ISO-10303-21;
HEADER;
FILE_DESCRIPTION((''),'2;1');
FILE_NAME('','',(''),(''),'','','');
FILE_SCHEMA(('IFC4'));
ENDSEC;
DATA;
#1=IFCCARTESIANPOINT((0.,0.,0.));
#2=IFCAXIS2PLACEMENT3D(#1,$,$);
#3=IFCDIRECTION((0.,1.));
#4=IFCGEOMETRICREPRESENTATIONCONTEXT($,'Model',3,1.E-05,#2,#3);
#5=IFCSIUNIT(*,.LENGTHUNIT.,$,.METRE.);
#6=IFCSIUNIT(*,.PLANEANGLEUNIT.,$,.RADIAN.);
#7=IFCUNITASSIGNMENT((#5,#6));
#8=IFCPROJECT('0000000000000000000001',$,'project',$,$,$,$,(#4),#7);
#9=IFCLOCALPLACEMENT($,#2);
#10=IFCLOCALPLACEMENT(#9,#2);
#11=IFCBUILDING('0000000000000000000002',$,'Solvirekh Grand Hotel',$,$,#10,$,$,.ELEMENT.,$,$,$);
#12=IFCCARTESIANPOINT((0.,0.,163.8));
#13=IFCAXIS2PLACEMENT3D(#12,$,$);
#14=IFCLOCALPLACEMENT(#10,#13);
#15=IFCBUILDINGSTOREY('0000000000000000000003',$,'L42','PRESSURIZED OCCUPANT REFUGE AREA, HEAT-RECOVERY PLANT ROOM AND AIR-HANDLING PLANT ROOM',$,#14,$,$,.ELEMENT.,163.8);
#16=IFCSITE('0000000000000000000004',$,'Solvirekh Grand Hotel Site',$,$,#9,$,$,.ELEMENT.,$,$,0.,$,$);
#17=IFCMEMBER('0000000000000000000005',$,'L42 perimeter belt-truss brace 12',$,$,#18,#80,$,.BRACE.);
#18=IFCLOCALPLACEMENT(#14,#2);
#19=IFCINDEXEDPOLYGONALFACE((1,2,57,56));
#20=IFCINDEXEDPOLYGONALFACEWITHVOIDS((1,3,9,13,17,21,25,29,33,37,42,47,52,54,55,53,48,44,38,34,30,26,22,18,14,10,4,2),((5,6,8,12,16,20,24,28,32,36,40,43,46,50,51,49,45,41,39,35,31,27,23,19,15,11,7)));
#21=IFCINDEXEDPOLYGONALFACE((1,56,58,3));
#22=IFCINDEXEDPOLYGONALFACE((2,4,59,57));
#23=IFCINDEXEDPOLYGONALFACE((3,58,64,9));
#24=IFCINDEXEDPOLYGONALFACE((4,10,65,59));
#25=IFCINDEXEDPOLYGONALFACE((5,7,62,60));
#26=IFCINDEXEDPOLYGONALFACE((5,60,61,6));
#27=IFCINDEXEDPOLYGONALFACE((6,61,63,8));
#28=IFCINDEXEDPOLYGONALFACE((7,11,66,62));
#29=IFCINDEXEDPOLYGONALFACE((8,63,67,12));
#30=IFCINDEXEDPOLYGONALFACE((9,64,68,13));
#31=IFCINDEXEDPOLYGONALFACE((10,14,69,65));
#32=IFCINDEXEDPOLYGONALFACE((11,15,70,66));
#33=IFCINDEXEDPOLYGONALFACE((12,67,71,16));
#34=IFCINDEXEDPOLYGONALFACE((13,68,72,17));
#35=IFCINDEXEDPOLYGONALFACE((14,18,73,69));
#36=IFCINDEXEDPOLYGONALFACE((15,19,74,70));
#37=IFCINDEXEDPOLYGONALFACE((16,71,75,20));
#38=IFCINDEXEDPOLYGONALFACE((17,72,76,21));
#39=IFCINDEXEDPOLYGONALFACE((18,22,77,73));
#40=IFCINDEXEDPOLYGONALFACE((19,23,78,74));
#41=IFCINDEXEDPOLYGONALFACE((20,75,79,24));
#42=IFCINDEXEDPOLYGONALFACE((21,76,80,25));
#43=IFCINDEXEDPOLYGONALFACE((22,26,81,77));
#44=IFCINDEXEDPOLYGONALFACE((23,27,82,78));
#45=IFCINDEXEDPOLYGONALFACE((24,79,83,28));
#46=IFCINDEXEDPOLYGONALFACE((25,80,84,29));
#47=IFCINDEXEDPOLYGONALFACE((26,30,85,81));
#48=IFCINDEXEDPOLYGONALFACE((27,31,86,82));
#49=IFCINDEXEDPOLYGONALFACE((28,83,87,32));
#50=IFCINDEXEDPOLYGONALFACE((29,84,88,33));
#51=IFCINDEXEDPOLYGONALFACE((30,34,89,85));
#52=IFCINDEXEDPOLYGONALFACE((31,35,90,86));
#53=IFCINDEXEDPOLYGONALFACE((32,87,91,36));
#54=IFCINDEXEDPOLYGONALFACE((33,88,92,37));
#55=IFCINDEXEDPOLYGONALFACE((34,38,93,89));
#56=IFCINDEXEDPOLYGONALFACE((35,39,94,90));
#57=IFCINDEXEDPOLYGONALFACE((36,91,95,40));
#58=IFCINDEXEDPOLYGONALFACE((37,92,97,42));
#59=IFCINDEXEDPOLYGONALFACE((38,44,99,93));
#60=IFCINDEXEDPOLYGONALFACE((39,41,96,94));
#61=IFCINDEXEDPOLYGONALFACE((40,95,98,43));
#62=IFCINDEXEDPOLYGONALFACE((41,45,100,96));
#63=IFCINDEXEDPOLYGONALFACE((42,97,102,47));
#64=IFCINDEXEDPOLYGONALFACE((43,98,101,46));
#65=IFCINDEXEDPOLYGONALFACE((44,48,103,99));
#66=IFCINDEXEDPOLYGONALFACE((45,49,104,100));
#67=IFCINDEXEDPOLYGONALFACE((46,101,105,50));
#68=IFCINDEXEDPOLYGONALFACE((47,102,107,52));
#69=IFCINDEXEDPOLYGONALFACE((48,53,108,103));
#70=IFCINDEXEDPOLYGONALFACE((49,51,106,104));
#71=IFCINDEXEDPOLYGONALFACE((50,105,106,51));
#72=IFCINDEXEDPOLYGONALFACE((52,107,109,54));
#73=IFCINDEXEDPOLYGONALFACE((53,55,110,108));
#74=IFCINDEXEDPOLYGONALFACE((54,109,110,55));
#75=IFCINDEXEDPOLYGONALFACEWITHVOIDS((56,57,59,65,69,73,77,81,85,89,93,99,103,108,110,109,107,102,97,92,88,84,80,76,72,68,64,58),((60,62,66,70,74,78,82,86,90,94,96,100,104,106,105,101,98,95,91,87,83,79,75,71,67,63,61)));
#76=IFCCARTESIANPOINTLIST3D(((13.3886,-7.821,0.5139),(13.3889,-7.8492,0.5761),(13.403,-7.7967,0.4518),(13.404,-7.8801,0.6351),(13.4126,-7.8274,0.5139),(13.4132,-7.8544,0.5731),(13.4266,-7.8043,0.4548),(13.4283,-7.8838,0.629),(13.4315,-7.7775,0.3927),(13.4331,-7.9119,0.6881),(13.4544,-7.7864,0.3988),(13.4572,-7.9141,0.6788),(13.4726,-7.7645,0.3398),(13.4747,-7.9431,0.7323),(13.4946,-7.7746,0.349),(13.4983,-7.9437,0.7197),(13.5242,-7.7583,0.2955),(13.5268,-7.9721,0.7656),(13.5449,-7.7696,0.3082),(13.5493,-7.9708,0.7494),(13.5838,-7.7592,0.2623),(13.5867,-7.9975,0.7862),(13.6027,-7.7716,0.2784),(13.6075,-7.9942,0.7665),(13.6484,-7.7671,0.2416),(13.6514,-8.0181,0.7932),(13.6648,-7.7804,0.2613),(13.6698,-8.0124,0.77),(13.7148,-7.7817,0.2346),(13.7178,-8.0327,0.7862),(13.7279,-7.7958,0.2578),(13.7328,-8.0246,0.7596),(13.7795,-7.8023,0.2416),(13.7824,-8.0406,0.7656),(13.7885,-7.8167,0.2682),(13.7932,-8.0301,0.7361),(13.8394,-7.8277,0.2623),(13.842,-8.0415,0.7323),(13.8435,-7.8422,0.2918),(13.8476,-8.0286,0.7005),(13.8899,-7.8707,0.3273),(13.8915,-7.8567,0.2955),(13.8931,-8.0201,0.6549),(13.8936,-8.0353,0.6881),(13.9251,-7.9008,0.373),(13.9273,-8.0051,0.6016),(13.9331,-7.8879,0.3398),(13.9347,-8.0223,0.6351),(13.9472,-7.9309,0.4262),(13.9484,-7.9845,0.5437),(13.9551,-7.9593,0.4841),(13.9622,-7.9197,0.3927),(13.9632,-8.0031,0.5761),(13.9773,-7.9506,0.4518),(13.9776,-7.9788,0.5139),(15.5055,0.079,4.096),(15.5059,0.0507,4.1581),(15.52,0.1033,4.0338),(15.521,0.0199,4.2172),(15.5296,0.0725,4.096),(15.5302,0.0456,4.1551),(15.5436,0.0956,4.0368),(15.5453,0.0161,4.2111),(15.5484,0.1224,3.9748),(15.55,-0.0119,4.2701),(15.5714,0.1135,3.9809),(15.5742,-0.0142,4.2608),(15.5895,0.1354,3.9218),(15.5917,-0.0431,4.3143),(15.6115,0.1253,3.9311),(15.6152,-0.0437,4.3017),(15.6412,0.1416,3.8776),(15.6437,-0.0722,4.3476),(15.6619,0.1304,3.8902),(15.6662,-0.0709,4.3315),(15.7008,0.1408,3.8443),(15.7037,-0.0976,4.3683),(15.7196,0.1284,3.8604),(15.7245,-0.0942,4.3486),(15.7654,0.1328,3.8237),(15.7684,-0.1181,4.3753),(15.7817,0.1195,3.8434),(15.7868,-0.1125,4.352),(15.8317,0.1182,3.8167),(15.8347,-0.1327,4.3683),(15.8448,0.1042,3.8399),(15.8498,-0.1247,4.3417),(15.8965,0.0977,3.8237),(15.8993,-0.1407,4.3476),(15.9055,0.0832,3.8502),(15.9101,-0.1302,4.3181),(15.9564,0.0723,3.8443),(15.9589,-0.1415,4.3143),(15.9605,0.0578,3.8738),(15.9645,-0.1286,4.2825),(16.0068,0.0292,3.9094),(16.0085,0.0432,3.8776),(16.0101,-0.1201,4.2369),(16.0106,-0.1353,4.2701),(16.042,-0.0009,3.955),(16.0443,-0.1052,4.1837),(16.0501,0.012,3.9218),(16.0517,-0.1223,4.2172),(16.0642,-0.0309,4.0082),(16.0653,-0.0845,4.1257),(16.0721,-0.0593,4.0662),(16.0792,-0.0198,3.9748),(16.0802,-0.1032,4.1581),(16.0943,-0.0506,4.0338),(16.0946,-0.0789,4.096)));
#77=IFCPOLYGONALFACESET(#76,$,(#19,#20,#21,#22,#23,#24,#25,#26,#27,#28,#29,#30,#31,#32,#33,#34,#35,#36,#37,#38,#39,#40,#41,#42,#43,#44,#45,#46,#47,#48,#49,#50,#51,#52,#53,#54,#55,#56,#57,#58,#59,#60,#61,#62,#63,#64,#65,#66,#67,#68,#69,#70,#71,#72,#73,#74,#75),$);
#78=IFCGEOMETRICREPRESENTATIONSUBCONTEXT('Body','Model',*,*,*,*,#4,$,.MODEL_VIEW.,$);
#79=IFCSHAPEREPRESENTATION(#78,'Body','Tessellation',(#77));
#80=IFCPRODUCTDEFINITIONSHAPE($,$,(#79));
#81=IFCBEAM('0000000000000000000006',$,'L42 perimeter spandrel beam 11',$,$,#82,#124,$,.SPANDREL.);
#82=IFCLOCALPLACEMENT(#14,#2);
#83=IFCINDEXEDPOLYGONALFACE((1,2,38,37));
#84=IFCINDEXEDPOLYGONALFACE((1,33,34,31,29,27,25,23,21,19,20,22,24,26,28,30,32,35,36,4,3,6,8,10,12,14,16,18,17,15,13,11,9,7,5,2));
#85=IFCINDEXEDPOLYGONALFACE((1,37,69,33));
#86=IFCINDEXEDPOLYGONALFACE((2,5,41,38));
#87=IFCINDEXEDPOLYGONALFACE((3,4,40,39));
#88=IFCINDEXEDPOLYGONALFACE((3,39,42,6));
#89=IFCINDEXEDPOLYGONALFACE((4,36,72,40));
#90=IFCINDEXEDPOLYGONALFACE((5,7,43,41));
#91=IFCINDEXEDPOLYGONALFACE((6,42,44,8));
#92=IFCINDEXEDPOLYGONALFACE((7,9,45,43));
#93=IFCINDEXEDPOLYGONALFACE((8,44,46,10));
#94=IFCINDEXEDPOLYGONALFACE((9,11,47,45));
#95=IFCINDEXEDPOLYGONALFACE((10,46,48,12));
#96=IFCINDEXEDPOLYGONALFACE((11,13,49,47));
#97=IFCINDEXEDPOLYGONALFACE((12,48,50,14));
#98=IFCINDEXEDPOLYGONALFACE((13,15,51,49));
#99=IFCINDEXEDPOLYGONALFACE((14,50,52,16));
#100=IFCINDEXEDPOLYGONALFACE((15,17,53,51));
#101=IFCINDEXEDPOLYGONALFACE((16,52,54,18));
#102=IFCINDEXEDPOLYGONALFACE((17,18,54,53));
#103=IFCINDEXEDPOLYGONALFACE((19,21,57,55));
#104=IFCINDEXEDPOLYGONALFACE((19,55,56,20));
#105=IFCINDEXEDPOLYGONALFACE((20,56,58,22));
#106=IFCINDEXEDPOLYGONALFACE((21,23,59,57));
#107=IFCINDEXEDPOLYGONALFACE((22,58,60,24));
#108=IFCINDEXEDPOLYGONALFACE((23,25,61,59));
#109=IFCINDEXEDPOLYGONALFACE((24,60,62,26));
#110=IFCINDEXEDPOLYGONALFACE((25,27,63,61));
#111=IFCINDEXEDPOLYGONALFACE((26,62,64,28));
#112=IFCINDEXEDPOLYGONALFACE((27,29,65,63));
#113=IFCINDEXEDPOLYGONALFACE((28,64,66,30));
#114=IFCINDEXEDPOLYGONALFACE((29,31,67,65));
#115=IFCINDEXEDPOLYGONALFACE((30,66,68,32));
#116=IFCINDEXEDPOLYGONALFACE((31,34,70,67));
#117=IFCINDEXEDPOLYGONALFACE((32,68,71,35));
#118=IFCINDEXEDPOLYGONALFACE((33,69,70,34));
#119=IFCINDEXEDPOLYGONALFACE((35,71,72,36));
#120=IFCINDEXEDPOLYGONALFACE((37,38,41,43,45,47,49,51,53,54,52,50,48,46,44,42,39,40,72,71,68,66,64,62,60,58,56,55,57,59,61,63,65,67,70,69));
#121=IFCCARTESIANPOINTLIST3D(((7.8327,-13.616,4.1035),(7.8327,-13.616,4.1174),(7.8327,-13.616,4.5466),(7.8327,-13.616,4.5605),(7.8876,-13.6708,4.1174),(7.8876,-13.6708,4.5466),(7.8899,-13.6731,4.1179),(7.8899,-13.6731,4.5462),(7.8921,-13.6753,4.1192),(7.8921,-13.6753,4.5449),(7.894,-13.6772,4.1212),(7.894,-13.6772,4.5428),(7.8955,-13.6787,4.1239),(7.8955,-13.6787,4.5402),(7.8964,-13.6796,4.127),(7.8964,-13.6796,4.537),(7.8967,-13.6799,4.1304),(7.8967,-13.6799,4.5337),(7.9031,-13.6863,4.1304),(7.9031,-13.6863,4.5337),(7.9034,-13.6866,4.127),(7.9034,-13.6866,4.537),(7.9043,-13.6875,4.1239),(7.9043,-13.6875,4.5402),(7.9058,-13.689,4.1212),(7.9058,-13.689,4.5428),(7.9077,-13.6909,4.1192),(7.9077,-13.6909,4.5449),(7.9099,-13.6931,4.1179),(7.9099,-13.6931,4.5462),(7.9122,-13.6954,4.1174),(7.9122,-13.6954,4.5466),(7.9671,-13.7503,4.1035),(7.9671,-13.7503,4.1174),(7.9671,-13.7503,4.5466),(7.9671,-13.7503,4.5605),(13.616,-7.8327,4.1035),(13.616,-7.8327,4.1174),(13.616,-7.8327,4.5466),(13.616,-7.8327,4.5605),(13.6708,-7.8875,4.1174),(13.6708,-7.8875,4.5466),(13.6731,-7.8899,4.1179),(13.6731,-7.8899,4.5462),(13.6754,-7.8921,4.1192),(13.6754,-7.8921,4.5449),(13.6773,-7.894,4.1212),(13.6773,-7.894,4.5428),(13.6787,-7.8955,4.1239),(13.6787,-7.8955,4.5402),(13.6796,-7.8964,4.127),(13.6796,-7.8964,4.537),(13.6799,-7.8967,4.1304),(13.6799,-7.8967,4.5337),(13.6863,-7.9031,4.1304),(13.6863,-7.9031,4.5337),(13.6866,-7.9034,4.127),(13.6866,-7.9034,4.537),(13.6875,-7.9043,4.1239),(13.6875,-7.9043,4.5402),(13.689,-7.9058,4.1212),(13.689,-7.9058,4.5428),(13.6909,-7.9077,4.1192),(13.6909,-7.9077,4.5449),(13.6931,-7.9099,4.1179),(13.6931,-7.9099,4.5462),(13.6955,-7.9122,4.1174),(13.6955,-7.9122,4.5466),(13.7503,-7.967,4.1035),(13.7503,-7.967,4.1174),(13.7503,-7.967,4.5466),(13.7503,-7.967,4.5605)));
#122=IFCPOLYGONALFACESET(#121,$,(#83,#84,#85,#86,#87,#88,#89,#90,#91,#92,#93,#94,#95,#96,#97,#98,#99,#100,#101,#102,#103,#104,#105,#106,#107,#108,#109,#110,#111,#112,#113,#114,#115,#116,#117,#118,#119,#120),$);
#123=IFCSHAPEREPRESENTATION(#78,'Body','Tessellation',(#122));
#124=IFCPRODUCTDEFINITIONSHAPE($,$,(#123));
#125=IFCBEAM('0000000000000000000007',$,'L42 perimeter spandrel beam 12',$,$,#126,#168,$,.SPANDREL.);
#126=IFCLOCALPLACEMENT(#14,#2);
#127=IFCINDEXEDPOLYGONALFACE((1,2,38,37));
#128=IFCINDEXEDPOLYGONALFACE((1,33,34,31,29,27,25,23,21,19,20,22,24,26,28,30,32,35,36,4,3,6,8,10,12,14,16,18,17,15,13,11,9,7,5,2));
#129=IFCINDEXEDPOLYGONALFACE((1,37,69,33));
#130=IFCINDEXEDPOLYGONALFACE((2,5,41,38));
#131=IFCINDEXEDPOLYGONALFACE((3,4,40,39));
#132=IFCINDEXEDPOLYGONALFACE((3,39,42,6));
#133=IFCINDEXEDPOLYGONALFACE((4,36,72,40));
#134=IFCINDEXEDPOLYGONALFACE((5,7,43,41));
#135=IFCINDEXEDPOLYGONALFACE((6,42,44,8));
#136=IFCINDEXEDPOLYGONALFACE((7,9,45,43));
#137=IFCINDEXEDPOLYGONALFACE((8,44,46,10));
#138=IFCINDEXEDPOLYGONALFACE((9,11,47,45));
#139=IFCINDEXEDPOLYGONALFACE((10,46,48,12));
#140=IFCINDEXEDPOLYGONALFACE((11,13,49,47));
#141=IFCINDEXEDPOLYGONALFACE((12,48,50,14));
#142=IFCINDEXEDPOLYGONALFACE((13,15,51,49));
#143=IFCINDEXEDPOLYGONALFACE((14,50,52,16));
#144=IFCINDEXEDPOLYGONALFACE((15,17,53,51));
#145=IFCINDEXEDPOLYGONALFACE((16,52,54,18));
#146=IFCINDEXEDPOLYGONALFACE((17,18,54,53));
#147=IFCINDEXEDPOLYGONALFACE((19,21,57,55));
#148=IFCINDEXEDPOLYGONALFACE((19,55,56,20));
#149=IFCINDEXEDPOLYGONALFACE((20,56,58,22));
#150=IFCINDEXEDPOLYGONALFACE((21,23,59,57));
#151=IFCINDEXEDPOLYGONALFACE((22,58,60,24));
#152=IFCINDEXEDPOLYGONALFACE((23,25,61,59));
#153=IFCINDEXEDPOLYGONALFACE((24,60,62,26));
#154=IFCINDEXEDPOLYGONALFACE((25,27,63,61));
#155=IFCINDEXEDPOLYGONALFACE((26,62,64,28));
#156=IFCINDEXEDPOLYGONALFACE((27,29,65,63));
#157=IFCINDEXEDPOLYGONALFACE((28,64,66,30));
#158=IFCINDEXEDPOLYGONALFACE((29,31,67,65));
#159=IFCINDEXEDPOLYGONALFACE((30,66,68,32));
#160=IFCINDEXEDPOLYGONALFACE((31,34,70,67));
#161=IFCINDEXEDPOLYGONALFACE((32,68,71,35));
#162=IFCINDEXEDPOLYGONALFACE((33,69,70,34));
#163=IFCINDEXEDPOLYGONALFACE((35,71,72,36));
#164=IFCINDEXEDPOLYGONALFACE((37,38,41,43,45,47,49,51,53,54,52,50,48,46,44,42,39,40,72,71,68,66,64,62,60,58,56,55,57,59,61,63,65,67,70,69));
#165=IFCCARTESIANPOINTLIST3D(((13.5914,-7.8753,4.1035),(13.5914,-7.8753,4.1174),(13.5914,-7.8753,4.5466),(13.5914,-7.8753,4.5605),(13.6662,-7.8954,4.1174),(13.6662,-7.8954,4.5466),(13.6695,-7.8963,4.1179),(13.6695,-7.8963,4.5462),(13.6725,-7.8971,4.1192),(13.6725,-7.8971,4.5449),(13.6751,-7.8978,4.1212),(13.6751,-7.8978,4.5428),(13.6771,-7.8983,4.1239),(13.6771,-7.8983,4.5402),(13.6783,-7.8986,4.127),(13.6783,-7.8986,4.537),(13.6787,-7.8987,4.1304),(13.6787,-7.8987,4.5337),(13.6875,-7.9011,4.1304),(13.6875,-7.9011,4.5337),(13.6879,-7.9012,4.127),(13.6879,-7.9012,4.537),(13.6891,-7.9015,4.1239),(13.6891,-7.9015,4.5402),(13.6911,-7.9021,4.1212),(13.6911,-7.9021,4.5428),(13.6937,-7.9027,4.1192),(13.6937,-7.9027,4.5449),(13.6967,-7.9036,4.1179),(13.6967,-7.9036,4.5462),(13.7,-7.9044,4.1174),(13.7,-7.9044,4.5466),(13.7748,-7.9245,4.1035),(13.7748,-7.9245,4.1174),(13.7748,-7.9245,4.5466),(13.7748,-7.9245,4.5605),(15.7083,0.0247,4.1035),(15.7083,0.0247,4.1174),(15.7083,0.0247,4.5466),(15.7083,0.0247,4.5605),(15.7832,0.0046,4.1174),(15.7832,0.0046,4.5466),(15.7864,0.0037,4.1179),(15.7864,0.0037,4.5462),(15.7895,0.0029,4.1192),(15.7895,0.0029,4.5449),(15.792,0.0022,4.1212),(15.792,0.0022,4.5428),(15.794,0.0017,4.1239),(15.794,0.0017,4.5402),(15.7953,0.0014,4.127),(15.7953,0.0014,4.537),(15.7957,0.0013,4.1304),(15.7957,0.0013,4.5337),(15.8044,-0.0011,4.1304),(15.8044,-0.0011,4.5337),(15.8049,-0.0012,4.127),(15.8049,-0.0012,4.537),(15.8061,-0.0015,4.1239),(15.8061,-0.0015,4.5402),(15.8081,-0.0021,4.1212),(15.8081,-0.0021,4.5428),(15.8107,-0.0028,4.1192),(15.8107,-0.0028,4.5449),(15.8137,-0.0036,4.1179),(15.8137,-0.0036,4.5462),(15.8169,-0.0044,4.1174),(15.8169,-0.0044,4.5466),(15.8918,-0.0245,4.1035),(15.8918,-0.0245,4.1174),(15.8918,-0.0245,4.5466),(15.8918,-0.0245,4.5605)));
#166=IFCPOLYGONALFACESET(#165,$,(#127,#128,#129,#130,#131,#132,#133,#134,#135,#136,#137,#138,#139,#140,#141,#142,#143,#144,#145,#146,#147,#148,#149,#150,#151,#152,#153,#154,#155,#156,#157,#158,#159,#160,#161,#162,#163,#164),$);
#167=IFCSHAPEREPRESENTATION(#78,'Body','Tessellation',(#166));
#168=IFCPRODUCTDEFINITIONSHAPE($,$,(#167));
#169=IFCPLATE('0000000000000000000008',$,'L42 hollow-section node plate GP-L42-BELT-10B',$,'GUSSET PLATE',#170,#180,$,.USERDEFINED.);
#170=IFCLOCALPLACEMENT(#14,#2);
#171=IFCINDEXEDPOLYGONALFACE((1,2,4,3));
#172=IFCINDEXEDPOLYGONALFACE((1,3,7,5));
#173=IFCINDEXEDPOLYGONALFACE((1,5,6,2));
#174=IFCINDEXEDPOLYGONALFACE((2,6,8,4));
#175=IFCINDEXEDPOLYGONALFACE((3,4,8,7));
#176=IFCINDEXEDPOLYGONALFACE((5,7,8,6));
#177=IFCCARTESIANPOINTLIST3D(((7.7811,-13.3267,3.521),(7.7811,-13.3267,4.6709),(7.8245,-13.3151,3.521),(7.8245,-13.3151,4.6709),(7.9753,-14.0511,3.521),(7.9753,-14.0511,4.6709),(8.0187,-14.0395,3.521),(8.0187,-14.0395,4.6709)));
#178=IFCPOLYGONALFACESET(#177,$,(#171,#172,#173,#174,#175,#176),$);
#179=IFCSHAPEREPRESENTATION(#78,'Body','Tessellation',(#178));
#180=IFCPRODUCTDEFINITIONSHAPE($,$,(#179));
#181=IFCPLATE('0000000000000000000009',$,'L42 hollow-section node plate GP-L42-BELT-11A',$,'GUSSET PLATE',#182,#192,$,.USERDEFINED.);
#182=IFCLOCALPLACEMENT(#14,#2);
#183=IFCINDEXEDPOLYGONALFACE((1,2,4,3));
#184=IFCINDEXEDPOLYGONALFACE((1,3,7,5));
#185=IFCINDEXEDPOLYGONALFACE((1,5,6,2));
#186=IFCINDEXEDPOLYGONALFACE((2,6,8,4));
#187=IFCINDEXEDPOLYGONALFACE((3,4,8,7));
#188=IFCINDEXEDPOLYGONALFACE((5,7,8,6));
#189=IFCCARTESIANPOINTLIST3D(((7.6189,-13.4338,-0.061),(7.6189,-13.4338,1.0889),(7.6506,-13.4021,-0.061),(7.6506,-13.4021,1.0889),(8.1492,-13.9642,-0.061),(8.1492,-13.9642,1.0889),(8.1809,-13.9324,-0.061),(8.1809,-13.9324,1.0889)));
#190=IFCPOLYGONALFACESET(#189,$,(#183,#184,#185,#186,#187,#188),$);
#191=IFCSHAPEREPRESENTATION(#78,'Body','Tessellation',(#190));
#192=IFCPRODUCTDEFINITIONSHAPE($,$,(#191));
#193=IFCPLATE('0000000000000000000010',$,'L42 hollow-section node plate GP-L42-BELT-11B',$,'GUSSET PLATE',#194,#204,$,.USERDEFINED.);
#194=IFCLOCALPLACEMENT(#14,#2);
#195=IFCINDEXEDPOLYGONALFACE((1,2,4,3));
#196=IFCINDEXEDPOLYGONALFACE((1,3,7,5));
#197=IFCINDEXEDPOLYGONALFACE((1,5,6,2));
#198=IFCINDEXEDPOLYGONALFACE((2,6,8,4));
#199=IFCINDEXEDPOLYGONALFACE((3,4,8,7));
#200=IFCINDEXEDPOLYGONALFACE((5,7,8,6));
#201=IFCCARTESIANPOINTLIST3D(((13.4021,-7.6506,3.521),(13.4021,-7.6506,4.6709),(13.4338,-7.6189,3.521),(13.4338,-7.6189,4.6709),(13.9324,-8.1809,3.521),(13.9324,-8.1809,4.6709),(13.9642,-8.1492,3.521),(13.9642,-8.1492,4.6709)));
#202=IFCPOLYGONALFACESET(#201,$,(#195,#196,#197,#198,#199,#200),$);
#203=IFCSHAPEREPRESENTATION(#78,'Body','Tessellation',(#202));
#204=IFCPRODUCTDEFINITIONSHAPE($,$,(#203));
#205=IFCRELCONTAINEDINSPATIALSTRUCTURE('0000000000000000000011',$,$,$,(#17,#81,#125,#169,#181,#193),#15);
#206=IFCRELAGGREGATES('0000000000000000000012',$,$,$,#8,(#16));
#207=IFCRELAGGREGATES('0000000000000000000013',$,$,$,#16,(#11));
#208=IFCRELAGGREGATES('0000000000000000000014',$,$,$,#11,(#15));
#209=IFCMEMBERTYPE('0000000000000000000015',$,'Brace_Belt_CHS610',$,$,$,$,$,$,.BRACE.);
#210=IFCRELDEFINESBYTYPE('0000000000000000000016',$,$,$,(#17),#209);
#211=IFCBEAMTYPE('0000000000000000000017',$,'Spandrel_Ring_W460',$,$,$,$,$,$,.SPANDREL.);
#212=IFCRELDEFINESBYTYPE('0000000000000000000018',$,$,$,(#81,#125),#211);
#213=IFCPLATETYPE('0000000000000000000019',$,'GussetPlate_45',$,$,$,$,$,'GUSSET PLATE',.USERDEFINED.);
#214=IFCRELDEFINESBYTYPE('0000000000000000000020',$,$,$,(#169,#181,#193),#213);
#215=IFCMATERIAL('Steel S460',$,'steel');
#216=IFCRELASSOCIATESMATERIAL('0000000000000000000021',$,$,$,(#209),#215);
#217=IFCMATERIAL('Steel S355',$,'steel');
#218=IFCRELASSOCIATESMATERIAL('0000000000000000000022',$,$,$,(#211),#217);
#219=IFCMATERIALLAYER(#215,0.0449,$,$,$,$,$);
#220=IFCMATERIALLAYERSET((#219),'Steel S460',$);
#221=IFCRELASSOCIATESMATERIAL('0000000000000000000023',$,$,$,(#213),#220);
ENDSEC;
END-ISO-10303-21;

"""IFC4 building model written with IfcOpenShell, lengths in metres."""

from ifc_helpers import new_model, si_unit, direction, frame, origin, origin_2d, place, context, subcontext, project, spatial, rectangle, hollow_circle, i_section, extrude, material, layer, layer_set, material_profile, profile_set, type_object, element, save


model = new_model("IFC4")

# Units and contexts
model_context = context("Model", 3, precision=1e-05, world=origin(), true_north=direction((0.0, 1.0)))
body_context = subcontext(model_context, "Body", "Model", "MODEL_VIEW")
ifc_project = project(units=[si_unit("LENGTHUNIT", "METRE"), si_unit("PLANEANGLEUNIT", "RADIAN")], contexts=[model_context])

# Site, building, storey
site_placement = place(None, origin())
site = spatial("IfcSite", under=ifc_project, at=site_placement, Name="Solvirekh Grand Hotel Site", CompositionType="ELEMENT", RefElevation=0.0)
building_placement = place(site_placement, origin())
building = spatial("IfcBuilding", under=site, at=building_placement, Name="Solvirekh Grand Hotel", CompositionType="ELEMENT")
storey_placement = place(building_placement, frame((0.0, 0.0, 163.8)))
storey = spatial("IfcBuildingStorey", under=building, at=storey_placement, Name="L42", Description="PRESSURIZED OCCUPANT REFUGE AREA, HEAT-RECOVERY PLANT ROOM AND AIR-HANDLING PLANT ROOM", CompositionType="ELEMENT", Elevation=163.8)

# Member
ifc_material_1 = material(Name="Steel S460", Category="steel")
ifc_material_profile_1 = material_profile(ifc_material_1, hollow_circle(Radius=0.3049, WallThickness=0.0249, at=origin_2d()), Name="CHS 610X25")
ifc_profile_set_1 = profile_set([ifc_material_profile_1], Name="Steel S460")
member_type = type_object("IfcMemberType", Name="Brace_Belt_CHS610", PredefinedType="BRACE", material=ifc_profile_set_1)
for number, where, z_axis, x_axis, name in (
    (1, (13.6831, -7.8999, 0.5139), (0.237095, 0.884781, 0.401184), (-0.965921, 0.258839, 0.0), "L42 perimeter belt-truss brace 12"),
):
    element("IfcMember", number, at=place(storey_placement, frame(where, z_axis=z_axis, x_axis=x_axis)), inside=storey, type_object=member_type, Name=name, PredefinedType="BRACE", context=body_context, shape_type="SweptSolid", body=[
        extrude(hollow_circle(Radius=0.3049, WallThickness=0.0249, at=origin_2d()), origin(), (0.0, 0.0, 1.0), 8.9287),
    ])

# Beams
ifc_material_2 = material(Name="Steel S355", Category="steel")
ifc_material_profile_2 = material_profile(ifc_material_2, i_section(OverallWidth=0.1899, OverallDepth=0.457, WebThickness=0.009, FlangeThickness=0.0139, FilletRadius=0.0129, at=origin_2d()), Name="W460X74")
ifc_profile_set_2 = profile_set([ifc_material_profile_2], Name="Steel S355")
beam_type = type_object("IfcBeamType", Name="Spandrel_Ring_W460", PredefinedType="SPANDREL", material=ifc_profile_set_2)
for number, where, z_axis, x_axis, name in (
    (2, (7.8999, -13.6831, 4.332), (0.707107, 0.707107, 0.0), (-0.707107, 0.707107, 0.0), "L42 perimeter spandrel beam 11"),
    (3, (13.6831, -7.8999, 4.332), (0.258839, 0.965921, 0.0), (-0.965921, 0.258839, 0.0), "L42 perimeter spandrel beam 12"),
):
    element("IfcBeam", number, at=place(storey_placement, frame(where, z_axis=z_axis, x_axis=x_axis)), inside=storey, type_object=beam_type, Name=name, PredefinedType="SPANDREL", context=body_context, shape_type="SweptSolid", body=[
        extrude(i_section(OverallWidth=0.1899, OverallDepth=0.457, WebThickness=0.009, FlangeThickness=0.0139, FilletRadius=0.0129, at=origin_2d()), origin(), (0.0, 0.0, 1.0), 8.1787),
    ])

# Plates
ifc_layer_1 = layer(ifc_material_1, 0.0449)
ifc_layer_set_1 = layer_set([ifc_layer_1], Name="Steel S460")
plate_type = type_object("IfcPlateType", Name="GussetPlate_45", ElementType="GUSSET PLATE", PredefinedType="USERDEFINED", material=ifc_layer_set_1)
for number, where, z_axis, x_axis, name in (
    (4, (7.8999, -13.6831, 3.521), (0.0, 0.0, 1.0), (0.965926, 0.258819, 0.0), "L42 hollow-section node plate GP-L42-BELT-10B"),
    (5, (7.8999, -13.6831, -0.061), (0.0, 0.0, 1.0), (0.707107, 0.707107, 0.0), "L42 hollow-section node plate GP-L42-BELT-11A"),
    (6, (13.6831, -7.8999, 3.521), (0.0, 0.0, 1.0), (0.707107, 0.707107, 0.0), "L42 hollow-section node plate GP-L42-BELT-11B"),
):
    element("IfcPlate", number, at=place(storey_placement, frame(where, z_axis=z_axis, x_axis=x_axis)), inside=storey, type_object=plate_type, Name=name, ObjectType="GUSSET PLATE", PredefinedType="USERDEFINED", context=body_context, shape_type="SweptSolid", body=[
        extrude(rectangle(XDim=0.0449, YDim=0.75, at=origin_2d()), origin(), (0.0, 0.0, 1.0), 1.1499),
    ])

save(model, "model.ifc")
